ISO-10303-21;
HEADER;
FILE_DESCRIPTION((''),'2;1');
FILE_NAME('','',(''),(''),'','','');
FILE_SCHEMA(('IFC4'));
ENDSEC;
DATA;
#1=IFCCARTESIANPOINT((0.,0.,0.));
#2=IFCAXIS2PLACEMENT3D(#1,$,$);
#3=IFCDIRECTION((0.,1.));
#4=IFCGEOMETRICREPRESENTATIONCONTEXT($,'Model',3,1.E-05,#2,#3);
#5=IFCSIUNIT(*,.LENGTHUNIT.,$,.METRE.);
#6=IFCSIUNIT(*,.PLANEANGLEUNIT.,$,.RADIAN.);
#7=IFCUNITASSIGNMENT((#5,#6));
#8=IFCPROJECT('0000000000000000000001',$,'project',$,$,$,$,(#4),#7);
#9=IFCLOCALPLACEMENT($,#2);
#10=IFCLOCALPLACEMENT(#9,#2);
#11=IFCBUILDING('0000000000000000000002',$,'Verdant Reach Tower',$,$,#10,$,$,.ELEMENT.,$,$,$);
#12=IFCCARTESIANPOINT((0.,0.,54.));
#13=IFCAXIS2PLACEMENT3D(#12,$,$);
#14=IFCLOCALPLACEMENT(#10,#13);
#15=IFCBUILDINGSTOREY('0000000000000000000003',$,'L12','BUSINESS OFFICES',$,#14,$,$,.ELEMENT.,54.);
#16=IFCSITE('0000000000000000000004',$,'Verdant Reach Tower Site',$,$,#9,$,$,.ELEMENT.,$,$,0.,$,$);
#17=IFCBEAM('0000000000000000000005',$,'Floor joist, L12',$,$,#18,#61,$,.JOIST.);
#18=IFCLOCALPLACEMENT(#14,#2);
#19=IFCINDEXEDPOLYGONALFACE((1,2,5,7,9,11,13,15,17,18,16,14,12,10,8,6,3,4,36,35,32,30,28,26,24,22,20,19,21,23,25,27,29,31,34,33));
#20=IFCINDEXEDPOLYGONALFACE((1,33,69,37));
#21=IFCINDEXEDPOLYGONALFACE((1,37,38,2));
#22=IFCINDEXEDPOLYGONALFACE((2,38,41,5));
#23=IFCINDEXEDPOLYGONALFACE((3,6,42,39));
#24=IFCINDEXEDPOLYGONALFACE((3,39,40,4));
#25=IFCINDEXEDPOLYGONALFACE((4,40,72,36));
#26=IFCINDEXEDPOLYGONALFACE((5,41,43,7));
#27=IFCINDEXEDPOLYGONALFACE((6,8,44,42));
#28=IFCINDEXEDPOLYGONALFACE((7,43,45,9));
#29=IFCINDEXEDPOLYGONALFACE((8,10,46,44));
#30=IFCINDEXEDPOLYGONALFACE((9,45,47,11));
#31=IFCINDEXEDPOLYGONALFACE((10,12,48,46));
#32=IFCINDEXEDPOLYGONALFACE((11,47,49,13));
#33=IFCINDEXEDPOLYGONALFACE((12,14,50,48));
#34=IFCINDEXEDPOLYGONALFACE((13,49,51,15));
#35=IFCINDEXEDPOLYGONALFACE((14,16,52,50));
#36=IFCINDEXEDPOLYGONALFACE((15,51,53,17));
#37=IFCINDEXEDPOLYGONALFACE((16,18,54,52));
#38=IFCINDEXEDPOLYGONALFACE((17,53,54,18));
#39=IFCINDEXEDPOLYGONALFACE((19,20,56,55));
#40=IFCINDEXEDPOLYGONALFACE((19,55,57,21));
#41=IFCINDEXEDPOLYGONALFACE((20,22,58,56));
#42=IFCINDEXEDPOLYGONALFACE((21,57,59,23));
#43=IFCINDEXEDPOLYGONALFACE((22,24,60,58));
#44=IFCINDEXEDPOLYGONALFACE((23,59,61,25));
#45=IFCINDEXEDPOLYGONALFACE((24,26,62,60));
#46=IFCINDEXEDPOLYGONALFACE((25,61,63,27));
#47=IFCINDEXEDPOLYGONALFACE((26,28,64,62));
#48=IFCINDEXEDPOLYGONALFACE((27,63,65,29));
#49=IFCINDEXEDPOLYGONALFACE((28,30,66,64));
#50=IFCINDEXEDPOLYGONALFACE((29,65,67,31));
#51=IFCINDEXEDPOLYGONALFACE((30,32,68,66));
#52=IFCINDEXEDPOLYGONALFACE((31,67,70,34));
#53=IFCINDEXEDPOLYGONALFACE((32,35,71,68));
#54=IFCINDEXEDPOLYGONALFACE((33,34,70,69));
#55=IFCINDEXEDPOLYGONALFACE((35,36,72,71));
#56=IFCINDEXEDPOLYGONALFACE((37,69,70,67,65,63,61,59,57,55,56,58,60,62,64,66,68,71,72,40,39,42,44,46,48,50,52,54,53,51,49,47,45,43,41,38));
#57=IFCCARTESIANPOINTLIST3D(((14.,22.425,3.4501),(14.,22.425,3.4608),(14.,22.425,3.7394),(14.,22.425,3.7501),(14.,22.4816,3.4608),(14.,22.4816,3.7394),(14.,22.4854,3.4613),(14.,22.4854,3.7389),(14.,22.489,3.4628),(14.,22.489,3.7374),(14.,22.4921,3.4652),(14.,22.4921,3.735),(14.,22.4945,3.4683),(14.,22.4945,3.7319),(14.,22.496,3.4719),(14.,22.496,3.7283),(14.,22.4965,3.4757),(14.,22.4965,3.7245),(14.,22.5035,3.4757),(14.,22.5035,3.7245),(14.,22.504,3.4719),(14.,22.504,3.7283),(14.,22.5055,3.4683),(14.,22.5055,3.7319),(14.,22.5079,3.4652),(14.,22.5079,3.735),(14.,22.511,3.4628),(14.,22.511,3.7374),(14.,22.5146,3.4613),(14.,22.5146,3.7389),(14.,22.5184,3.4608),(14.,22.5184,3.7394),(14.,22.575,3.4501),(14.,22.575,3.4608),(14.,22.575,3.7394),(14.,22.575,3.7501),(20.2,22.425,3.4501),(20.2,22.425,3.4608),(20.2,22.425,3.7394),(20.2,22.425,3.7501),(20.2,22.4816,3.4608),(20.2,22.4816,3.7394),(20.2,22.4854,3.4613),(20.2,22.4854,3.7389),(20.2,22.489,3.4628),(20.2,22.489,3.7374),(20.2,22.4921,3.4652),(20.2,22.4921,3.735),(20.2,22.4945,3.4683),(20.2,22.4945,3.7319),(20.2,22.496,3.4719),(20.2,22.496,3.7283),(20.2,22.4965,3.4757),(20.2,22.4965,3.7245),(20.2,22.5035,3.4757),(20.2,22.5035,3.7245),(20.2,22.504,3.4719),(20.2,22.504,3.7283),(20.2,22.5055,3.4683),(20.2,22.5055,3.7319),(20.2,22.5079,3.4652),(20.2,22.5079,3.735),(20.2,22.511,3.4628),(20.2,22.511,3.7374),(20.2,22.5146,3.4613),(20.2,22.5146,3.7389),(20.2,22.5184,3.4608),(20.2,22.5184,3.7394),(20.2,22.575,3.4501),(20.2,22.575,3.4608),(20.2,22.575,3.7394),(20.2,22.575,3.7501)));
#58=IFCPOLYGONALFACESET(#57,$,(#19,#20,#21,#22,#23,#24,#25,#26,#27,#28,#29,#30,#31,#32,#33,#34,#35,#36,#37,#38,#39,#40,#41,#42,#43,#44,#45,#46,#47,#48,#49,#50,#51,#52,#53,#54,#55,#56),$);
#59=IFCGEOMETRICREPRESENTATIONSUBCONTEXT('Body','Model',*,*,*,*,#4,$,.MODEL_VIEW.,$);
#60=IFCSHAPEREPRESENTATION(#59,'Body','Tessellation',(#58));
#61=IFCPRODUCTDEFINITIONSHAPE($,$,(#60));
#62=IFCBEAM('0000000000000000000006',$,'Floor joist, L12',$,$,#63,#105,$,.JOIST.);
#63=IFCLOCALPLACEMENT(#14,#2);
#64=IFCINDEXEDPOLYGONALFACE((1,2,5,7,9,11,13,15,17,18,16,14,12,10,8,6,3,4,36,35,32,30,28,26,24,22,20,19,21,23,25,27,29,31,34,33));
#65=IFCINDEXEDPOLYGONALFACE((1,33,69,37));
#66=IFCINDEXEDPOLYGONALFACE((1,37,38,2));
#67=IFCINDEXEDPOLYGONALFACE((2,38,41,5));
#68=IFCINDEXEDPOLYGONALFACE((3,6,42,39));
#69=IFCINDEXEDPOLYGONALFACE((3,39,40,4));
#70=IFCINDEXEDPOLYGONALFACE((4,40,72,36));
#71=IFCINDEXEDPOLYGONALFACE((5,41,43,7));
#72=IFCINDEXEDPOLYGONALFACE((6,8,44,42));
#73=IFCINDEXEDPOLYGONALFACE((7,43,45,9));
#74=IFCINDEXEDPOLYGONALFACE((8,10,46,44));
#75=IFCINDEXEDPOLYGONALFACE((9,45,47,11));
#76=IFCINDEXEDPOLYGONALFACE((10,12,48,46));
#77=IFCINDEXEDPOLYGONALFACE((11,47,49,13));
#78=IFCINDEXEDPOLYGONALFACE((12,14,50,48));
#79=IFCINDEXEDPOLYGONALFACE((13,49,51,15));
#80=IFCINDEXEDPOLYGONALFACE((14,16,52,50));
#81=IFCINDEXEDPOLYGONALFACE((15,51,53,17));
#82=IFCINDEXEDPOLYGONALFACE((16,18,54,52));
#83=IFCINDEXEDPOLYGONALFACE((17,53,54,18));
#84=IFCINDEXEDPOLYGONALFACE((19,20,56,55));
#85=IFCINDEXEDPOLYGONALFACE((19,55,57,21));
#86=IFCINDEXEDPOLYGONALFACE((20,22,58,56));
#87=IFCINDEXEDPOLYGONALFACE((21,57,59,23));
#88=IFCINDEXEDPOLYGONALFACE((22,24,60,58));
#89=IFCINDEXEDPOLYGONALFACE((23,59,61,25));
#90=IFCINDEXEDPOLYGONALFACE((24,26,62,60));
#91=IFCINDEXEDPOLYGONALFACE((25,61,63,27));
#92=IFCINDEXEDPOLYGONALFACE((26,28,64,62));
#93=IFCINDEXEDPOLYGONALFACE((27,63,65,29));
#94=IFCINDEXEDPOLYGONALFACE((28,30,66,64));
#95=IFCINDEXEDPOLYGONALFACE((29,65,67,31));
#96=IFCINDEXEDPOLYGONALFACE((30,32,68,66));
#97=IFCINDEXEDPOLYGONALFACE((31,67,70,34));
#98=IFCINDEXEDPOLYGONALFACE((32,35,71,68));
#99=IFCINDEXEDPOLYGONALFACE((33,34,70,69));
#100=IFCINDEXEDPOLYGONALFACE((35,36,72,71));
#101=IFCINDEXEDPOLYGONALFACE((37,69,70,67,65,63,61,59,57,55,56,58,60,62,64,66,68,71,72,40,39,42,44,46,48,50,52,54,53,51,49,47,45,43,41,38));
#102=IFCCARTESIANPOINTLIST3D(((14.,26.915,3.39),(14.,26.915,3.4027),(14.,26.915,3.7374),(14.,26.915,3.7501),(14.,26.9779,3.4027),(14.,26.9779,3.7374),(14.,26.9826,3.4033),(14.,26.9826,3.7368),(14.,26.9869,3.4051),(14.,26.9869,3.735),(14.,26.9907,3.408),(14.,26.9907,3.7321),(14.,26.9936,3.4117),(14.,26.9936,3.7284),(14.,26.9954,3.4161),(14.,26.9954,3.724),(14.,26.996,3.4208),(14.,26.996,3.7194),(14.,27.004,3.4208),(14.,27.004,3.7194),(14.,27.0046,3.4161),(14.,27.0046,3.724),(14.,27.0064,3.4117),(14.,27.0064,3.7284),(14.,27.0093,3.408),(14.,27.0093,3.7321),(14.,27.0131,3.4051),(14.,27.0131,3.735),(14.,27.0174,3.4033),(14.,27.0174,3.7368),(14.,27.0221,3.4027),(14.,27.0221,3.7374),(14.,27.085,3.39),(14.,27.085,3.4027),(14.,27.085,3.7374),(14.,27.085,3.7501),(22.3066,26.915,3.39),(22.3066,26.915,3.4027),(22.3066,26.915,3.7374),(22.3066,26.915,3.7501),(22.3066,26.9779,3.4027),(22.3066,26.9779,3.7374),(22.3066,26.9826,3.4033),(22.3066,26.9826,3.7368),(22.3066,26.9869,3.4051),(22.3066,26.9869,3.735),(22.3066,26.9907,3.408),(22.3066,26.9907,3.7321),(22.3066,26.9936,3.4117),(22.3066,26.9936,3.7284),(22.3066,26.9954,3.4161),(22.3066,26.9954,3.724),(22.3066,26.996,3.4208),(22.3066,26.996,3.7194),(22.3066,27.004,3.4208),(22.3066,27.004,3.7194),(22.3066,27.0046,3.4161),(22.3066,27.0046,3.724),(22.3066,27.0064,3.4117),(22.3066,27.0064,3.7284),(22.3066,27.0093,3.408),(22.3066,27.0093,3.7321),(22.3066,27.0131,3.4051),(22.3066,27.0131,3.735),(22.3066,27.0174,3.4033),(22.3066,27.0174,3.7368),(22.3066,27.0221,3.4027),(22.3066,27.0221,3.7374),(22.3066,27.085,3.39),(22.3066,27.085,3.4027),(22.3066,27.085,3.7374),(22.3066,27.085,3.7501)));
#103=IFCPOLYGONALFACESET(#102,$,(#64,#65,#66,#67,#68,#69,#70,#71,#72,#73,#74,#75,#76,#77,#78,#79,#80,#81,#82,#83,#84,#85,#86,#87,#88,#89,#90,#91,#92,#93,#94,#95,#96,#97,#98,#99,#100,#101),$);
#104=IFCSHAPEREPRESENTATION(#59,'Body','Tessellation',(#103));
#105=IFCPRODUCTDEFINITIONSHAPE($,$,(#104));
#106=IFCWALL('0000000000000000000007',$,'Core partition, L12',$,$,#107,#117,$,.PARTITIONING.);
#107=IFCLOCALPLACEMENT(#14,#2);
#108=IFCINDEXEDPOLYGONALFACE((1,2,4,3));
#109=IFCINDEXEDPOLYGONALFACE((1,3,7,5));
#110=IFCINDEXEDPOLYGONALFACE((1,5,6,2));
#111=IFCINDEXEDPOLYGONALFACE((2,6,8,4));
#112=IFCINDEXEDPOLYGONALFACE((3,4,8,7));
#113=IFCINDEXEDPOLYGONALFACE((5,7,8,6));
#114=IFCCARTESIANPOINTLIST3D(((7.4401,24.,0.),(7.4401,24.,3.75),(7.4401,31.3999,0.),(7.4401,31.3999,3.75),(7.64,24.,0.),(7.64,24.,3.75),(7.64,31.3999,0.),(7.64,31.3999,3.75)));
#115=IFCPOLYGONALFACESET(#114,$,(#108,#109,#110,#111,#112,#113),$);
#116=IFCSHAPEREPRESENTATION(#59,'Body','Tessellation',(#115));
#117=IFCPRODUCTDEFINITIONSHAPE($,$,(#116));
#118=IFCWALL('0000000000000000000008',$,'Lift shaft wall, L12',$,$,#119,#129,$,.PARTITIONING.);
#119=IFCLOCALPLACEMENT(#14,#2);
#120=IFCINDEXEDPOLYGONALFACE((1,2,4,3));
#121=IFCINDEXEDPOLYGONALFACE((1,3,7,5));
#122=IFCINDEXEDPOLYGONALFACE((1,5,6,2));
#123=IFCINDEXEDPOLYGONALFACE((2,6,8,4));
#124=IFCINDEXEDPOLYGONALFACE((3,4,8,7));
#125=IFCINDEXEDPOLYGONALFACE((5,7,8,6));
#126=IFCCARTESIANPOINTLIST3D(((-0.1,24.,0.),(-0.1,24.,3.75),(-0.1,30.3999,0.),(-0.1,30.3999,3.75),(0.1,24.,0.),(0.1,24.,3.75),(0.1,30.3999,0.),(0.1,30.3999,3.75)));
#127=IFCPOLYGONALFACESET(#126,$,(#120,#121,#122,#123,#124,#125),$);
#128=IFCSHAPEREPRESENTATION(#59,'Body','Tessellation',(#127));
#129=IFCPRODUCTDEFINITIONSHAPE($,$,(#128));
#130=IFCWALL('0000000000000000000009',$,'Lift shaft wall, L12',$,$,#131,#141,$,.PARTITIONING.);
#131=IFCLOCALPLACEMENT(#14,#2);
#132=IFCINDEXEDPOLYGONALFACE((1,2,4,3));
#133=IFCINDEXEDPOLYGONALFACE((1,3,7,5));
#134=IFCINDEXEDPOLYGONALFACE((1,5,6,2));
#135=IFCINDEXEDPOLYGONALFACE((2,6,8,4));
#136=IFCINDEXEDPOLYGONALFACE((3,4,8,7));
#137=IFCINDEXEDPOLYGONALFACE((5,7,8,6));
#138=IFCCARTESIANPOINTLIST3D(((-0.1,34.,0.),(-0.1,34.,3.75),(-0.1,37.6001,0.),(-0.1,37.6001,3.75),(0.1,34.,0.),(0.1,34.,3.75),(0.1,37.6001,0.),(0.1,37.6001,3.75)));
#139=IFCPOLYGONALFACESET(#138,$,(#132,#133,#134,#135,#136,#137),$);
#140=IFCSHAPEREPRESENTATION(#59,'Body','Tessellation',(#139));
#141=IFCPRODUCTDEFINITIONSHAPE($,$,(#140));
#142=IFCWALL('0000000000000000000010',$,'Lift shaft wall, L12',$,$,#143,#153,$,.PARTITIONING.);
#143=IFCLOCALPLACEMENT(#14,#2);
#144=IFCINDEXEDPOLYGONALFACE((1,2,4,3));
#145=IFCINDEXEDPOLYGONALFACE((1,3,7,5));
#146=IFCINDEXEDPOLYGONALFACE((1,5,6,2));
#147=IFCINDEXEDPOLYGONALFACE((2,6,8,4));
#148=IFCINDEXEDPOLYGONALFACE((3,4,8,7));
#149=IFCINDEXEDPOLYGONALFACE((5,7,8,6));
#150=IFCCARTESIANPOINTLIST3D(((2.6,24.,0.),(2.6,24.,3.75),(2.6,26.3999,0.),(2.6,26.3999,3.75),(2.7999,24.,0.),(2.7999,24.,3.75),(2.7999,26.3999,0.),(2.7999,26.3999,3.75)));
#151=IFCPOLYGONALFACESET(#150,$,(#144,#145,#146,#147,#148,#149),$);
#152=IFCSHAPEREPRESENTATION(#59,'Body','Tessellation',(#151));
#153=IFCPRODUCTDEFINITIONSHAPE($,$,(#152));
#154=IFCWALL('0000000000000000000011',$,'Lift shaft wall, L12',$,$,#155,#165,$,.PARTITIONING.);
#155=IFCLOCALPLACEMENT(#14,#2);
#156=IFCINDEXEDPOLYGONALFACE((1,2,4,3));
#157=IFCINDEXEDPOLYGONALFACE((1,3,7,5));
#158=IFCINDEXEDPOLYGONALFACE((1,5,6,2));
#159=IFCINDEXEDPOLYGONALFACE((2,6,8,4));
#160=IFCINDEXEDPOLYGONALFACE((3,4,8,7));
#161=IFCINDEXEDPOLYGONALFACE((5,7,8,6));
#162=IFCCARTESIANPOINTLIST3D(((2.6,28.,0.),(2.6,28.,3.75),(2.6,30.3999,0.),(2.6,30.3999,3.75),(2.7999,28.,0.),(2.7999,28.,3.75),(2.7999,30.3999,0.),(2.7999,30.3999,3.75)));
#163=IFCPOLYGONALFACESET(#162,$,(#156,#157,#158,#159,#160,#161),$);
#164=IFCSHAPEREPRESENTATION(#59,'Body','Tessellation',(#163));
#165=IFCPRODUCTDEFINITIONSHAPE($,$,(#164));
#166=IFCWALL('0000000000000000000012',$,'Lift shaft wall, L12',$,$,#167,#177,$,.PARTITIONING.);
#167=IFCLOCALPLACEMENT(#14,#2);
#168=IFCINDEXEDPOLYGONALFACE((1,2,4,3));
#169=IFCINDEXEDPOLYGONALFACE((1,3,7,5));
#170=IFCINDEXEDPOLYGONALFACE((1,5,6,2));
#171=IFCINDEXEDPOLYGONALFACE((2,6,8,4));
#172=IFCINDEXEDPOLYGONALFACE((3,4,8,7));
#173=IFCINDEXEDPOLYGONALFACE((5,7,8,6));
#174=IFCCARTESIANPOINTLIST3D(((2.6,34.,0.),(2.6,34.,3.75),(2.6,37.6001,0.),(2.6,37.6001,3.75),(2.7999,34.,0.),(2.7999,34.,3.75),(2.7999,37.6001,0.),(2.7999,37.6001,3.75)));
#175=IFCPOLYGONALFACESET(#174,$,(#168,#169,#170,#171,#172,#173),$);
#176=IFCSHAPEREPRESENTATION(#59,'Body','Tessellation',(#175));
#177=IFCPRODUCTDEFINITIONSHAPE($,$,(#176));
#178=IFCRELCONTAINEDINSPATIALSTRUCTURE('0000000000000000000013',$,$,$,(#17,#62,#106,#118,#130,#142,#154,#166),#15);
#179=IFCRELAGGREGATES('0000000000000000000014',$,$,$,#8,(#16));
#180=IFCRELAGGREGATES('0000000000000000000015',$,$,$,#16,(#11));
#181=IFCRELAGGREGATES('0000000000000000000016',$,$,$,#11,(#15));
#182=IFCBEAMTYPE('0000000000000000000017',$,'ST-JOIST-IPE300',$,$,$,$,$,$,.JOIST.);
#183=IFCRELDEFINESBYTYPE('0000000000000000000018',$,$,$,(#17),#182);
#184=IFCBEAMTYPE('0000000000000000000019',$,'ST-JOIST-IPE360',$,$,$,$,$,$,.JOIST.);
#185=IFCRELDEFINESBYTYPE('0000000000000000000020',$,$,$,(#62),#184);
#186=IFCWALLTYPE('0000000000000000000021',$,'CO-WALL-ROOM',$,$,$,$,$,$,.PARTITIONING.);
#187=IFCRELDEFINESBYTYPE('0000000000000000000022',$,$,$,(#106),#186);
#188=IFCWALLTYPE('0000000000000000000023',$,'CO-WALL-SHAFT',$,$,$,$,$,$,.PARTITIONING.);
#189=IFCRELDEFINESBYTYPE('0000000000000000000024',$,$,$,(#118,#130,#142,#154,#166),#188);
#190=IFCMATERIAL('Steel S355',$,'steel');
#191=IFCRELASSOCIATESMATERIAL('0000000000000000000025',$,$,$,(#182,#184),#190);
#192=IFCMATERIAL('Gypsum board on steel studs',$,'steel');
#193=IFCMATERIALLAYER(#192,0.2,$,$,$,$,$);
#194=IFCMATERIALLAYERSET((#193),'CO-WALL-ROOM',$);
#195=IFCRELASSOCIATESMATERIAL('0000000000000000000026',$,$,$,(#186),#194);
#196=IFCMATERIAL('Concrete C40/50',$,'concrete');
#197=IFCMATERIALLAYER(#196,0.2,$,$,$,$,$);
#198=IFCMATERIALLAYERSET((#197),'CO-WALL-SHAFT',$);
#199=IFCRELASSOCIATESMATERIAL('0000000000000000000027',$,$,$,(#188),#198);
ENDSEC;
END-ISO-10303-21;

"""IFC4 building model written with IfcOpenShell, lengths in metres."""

from ifc_helpers import new_model, si_unit, direction, frame, frame_2d, origin, origin_2d, place, context, subcontext, project, spatial, rectangle, i_section, extrude, material, layer, layer_set, material_profile, profile_set, type_object, element, save


model = new_model("IFC4")

# Units and contexts
model_context = context("Model", 3, precision=1e-05, world=origin(), true_north=direction((0.0, 1.0)))
body_context = subcontext(model_context, "Body", "Model", "MODEL_VIEW")
ifc_project = project(units=[si_unit("LENGTHUNIT", "METRE"), si_unit("PLANEANGLEUNIT", "RADIAN")], contexts=[model_context])

# Site, building, storey
site_placement = place(None, origin())
site = spatial("IfcSite", under=ifc_project, at=site_placement, Name="Verdant Reach Tower Site", CompositionType="ELEMENT", RefElevation=0.0)
building_placement = place(site_placement, origin())
building = spatial("IfcBuilding", under=site, at=building_placement, Name="Verdant Reach Tower", CompositionType="ELEMENT")
storey_placement = place(building_placement, frame((0.0, 0.0, 54.0)))
storey = spatial("IfcBuildingStorey", under=building, at=storey_placement, Name="L12", Description="BUSINESS OFFICES", CompositionType="ELEMENT", Elevation=54.0)

# Beams
ifc_material_1 = material(Name="Steel S355", Category="steel")
ifc_material_profile_1 = material_profile(ifc_material_1, i_section(OverallWidth=0.1499, OverallDepth=0.3, WebThickness=0.0071, FlangeThickness=0.0107, FilletRadius=0.0149, at=origin_2d()), Name="IPE 300")
ifc_profile_set_1 = profile_set([ifc_material_profile_1], Name="Steel S355")
beam_type_1 = type_object("IfcBeamType", Name="ST-JOIST-IPE300", PredefinedType="JOIST", material=ifc_profile_set_1)
beam_1_placement = place(storey_placement, frame((14.0, 22.5, 3.6001), z_axis=(1.0, 0.0, 0.0), x_axis=(0.0, 1.0, 0.0)))
element("IfcBeam", 1, at=beam_1_placement, inside=storey, type_object=beam_type_1, Name="Floor joist, L12", PredefinedType="JOIST", context=body_context, shape_type="SweptSolid", body=[
    extrude(i_section(OverallWidth=0.1499, OverallDepth=0.3, WebThickness=0.0071, FlangeThickness=0.0107, FilletRadius=0.0149, at=origin_2d()), origin(), (0.0, 0.0, 1.0), 6.2),
])
ifc_material_profile_2 = material_profile(ifc_material_1, i_section(OverallWidth=0.1699, OverallDepth=0.3601, WebThickness=0.0081, FlangeThickness=0.0127, FilletRadius=0.0181, at=origin_2d()), Name="IPE 360")
ifc_profile_set_2 = profile_set([ifc_material_profile_2], Name="Steel S355")
beam_type_2 = type_object("IfcBeamType", Name="ST-JOIST-IPE360", PredefinedType="JOIST", material=ifc_profile_set_2)
beam_2_placement = place(storey_placement, frame((14.0, 27.0, 3.5701), z_axis=(1.0, 0.0, 0.0), x_axis=(0.0, 1.0, 0.0)))
element("IfcBeam", 2, at=beam_2_placement, inside=storey, type_object=beam_type_2, Name="Floor joist, L12", PredefinedType="JOIST", context=body_context, shape_type="SweptSolid", body=[
    extrude(i_section(OverallWidth=0.1699, OverallDepth=0.3601, WebThickness=0.0081, FlangeThickness=0.0127, FilletRadius=0.0181, at=origin_2d()), origin(), (0.0, 0.0, 1.0), 8.3066),
])

# Walls
ifc_material_2 = material(Name="Gypsum board on steel studs", Category="steel")
ifc_layer_1 = layer(ifc_material_2, 0.2)
ifc_layer_set_1 = layer_set([ifc_layer_1], Name="CO-WALL-ROOM")
wall_type_1 = type_object("IfcWallType", Name="CO-WALL-ROOM", PredefinedType="PARTITIONING", material=ifc_layer_set_1)
wall_1_placement = place(storey_placement, frame((7.54, 24.0, 0.0), z_axis=(0.0, 0.0, 1.0), x_axis=(0.0, 1.0, 0.0)))
element("IfcWall", 3, at=wall_1_placement, inside=storey, type_object=wall_type_1, Name="Core partition, L12", PredefinedType="PARTITIONING", context=body_context, shape_type="SweptSolid", body=[
    extrude(rectangle(XDim=7.3999, YDim=0.2, at=frame_2d((3.7, 0.0))), origin(), (0.0, 0.0, 1.0), 3.75),
])
ifc_material_3 = material(Name="Concrete C40/50", Category="concrete")
ifc_layer_2 = layer(ifc_material_3, 0.2)
ifc_layer_set_2 = layer_set([ifc_layer_2], Name="CO-WALL-SHAFT")
wall_type_2 = type_object("IfcWallType", Name="CO-WALL-SHAFT", PredefinedType="PARTITIONING", material=ifc_layer_set_2)
wall_2_placement = place(storey_placement, frame((0.0, 24.0, 0.0), z_axis=(0.0, 0.0, 1.0), x_axis=(0.0, 1.0, 0.0)))
element("IfcWall", 4, at=wall_2_placement, inside=storey, type_object=wall_type_2, Name="Lift shaft wall, L12", PredefinedType="PARTITIONING", context=body_context, shape_type="SweptSolid", body=[
    extrude(rectangle(XDim=6.3999, YDim=0.2, at=frame_2d((3.2, 0.0))), origin(), (0.0, 0.0, 1.0), 3.75),
])
wall_3_placement = place(storey_placement, frame((0.0, 34.0, 0.0), z_axis=(0.0, 0.0, 1.0), x_axis=(0.0, 1.0, 0.0)))
element("IfcWall", 5, at=wall_3_placement, inside=storey, type_object=wall_type_2, Name="Lift shaft wall, L12", PredefinedType="PARTITIONING", context=body_context, shape_type="SweptSolid", body=[
    extrude(rectangle(XDim=3.6001, YDim=0.2, at=frame_2d((1.8, 0.0))), origin(), (0.0, 0.0, 1.0), 3.75),
])
for number, where, z_axis, x_axis, name in (
    (6, (2.7, 24.0, 0.0), (0.0, 0.0, 1.0), (0.0, 1.0, 0.0), "Lift shaft wall, L12"),
    (7, (2.7, 28.0, 0.0), (0.0, 0.0, 1.0), (0.0, 1.0, 0.0), "Lift shaft wall, L12"),
):
    element("IfcWall", number, at=place(storey_placement, frame(where, z_axis=z_axis, x_axis=x_axis)), inside=storey, type_object=wall_type_2, Name=name, PredefinedType="PARTITIONING", context=body_context, shape_type="SweptSolid", body=[
        extrude(rectangle(XDim=2.3999, YDim=0.2, at=frame_2d((1.2, 0.0))), origin(), (0.0, 0.0, 1.0), 3.75),
    ])
wall_4_placement = place(storey_placement, frame((2.7, 34.0, 0.0), z_axis=(0.0, 0.0, 1.0), x_axis=(0.0, 1.0, 0.0)))
element("IfcWall", 8, at=wall_4_placement, inside=storey, type_object=wall_type_2, Name="Lift shaft wall, L12", PredefinedType="PARTITIONING", context=body_context, shape_type="SweptSolid", body=[
    extrude(rectangle(XDim=3.6001, YDim=0.2, at=frame_2d((1.8, 0.0))), origin(), (0.0, 0.0, 1.0), 3.75),
])

save(model, "model.ifc")
